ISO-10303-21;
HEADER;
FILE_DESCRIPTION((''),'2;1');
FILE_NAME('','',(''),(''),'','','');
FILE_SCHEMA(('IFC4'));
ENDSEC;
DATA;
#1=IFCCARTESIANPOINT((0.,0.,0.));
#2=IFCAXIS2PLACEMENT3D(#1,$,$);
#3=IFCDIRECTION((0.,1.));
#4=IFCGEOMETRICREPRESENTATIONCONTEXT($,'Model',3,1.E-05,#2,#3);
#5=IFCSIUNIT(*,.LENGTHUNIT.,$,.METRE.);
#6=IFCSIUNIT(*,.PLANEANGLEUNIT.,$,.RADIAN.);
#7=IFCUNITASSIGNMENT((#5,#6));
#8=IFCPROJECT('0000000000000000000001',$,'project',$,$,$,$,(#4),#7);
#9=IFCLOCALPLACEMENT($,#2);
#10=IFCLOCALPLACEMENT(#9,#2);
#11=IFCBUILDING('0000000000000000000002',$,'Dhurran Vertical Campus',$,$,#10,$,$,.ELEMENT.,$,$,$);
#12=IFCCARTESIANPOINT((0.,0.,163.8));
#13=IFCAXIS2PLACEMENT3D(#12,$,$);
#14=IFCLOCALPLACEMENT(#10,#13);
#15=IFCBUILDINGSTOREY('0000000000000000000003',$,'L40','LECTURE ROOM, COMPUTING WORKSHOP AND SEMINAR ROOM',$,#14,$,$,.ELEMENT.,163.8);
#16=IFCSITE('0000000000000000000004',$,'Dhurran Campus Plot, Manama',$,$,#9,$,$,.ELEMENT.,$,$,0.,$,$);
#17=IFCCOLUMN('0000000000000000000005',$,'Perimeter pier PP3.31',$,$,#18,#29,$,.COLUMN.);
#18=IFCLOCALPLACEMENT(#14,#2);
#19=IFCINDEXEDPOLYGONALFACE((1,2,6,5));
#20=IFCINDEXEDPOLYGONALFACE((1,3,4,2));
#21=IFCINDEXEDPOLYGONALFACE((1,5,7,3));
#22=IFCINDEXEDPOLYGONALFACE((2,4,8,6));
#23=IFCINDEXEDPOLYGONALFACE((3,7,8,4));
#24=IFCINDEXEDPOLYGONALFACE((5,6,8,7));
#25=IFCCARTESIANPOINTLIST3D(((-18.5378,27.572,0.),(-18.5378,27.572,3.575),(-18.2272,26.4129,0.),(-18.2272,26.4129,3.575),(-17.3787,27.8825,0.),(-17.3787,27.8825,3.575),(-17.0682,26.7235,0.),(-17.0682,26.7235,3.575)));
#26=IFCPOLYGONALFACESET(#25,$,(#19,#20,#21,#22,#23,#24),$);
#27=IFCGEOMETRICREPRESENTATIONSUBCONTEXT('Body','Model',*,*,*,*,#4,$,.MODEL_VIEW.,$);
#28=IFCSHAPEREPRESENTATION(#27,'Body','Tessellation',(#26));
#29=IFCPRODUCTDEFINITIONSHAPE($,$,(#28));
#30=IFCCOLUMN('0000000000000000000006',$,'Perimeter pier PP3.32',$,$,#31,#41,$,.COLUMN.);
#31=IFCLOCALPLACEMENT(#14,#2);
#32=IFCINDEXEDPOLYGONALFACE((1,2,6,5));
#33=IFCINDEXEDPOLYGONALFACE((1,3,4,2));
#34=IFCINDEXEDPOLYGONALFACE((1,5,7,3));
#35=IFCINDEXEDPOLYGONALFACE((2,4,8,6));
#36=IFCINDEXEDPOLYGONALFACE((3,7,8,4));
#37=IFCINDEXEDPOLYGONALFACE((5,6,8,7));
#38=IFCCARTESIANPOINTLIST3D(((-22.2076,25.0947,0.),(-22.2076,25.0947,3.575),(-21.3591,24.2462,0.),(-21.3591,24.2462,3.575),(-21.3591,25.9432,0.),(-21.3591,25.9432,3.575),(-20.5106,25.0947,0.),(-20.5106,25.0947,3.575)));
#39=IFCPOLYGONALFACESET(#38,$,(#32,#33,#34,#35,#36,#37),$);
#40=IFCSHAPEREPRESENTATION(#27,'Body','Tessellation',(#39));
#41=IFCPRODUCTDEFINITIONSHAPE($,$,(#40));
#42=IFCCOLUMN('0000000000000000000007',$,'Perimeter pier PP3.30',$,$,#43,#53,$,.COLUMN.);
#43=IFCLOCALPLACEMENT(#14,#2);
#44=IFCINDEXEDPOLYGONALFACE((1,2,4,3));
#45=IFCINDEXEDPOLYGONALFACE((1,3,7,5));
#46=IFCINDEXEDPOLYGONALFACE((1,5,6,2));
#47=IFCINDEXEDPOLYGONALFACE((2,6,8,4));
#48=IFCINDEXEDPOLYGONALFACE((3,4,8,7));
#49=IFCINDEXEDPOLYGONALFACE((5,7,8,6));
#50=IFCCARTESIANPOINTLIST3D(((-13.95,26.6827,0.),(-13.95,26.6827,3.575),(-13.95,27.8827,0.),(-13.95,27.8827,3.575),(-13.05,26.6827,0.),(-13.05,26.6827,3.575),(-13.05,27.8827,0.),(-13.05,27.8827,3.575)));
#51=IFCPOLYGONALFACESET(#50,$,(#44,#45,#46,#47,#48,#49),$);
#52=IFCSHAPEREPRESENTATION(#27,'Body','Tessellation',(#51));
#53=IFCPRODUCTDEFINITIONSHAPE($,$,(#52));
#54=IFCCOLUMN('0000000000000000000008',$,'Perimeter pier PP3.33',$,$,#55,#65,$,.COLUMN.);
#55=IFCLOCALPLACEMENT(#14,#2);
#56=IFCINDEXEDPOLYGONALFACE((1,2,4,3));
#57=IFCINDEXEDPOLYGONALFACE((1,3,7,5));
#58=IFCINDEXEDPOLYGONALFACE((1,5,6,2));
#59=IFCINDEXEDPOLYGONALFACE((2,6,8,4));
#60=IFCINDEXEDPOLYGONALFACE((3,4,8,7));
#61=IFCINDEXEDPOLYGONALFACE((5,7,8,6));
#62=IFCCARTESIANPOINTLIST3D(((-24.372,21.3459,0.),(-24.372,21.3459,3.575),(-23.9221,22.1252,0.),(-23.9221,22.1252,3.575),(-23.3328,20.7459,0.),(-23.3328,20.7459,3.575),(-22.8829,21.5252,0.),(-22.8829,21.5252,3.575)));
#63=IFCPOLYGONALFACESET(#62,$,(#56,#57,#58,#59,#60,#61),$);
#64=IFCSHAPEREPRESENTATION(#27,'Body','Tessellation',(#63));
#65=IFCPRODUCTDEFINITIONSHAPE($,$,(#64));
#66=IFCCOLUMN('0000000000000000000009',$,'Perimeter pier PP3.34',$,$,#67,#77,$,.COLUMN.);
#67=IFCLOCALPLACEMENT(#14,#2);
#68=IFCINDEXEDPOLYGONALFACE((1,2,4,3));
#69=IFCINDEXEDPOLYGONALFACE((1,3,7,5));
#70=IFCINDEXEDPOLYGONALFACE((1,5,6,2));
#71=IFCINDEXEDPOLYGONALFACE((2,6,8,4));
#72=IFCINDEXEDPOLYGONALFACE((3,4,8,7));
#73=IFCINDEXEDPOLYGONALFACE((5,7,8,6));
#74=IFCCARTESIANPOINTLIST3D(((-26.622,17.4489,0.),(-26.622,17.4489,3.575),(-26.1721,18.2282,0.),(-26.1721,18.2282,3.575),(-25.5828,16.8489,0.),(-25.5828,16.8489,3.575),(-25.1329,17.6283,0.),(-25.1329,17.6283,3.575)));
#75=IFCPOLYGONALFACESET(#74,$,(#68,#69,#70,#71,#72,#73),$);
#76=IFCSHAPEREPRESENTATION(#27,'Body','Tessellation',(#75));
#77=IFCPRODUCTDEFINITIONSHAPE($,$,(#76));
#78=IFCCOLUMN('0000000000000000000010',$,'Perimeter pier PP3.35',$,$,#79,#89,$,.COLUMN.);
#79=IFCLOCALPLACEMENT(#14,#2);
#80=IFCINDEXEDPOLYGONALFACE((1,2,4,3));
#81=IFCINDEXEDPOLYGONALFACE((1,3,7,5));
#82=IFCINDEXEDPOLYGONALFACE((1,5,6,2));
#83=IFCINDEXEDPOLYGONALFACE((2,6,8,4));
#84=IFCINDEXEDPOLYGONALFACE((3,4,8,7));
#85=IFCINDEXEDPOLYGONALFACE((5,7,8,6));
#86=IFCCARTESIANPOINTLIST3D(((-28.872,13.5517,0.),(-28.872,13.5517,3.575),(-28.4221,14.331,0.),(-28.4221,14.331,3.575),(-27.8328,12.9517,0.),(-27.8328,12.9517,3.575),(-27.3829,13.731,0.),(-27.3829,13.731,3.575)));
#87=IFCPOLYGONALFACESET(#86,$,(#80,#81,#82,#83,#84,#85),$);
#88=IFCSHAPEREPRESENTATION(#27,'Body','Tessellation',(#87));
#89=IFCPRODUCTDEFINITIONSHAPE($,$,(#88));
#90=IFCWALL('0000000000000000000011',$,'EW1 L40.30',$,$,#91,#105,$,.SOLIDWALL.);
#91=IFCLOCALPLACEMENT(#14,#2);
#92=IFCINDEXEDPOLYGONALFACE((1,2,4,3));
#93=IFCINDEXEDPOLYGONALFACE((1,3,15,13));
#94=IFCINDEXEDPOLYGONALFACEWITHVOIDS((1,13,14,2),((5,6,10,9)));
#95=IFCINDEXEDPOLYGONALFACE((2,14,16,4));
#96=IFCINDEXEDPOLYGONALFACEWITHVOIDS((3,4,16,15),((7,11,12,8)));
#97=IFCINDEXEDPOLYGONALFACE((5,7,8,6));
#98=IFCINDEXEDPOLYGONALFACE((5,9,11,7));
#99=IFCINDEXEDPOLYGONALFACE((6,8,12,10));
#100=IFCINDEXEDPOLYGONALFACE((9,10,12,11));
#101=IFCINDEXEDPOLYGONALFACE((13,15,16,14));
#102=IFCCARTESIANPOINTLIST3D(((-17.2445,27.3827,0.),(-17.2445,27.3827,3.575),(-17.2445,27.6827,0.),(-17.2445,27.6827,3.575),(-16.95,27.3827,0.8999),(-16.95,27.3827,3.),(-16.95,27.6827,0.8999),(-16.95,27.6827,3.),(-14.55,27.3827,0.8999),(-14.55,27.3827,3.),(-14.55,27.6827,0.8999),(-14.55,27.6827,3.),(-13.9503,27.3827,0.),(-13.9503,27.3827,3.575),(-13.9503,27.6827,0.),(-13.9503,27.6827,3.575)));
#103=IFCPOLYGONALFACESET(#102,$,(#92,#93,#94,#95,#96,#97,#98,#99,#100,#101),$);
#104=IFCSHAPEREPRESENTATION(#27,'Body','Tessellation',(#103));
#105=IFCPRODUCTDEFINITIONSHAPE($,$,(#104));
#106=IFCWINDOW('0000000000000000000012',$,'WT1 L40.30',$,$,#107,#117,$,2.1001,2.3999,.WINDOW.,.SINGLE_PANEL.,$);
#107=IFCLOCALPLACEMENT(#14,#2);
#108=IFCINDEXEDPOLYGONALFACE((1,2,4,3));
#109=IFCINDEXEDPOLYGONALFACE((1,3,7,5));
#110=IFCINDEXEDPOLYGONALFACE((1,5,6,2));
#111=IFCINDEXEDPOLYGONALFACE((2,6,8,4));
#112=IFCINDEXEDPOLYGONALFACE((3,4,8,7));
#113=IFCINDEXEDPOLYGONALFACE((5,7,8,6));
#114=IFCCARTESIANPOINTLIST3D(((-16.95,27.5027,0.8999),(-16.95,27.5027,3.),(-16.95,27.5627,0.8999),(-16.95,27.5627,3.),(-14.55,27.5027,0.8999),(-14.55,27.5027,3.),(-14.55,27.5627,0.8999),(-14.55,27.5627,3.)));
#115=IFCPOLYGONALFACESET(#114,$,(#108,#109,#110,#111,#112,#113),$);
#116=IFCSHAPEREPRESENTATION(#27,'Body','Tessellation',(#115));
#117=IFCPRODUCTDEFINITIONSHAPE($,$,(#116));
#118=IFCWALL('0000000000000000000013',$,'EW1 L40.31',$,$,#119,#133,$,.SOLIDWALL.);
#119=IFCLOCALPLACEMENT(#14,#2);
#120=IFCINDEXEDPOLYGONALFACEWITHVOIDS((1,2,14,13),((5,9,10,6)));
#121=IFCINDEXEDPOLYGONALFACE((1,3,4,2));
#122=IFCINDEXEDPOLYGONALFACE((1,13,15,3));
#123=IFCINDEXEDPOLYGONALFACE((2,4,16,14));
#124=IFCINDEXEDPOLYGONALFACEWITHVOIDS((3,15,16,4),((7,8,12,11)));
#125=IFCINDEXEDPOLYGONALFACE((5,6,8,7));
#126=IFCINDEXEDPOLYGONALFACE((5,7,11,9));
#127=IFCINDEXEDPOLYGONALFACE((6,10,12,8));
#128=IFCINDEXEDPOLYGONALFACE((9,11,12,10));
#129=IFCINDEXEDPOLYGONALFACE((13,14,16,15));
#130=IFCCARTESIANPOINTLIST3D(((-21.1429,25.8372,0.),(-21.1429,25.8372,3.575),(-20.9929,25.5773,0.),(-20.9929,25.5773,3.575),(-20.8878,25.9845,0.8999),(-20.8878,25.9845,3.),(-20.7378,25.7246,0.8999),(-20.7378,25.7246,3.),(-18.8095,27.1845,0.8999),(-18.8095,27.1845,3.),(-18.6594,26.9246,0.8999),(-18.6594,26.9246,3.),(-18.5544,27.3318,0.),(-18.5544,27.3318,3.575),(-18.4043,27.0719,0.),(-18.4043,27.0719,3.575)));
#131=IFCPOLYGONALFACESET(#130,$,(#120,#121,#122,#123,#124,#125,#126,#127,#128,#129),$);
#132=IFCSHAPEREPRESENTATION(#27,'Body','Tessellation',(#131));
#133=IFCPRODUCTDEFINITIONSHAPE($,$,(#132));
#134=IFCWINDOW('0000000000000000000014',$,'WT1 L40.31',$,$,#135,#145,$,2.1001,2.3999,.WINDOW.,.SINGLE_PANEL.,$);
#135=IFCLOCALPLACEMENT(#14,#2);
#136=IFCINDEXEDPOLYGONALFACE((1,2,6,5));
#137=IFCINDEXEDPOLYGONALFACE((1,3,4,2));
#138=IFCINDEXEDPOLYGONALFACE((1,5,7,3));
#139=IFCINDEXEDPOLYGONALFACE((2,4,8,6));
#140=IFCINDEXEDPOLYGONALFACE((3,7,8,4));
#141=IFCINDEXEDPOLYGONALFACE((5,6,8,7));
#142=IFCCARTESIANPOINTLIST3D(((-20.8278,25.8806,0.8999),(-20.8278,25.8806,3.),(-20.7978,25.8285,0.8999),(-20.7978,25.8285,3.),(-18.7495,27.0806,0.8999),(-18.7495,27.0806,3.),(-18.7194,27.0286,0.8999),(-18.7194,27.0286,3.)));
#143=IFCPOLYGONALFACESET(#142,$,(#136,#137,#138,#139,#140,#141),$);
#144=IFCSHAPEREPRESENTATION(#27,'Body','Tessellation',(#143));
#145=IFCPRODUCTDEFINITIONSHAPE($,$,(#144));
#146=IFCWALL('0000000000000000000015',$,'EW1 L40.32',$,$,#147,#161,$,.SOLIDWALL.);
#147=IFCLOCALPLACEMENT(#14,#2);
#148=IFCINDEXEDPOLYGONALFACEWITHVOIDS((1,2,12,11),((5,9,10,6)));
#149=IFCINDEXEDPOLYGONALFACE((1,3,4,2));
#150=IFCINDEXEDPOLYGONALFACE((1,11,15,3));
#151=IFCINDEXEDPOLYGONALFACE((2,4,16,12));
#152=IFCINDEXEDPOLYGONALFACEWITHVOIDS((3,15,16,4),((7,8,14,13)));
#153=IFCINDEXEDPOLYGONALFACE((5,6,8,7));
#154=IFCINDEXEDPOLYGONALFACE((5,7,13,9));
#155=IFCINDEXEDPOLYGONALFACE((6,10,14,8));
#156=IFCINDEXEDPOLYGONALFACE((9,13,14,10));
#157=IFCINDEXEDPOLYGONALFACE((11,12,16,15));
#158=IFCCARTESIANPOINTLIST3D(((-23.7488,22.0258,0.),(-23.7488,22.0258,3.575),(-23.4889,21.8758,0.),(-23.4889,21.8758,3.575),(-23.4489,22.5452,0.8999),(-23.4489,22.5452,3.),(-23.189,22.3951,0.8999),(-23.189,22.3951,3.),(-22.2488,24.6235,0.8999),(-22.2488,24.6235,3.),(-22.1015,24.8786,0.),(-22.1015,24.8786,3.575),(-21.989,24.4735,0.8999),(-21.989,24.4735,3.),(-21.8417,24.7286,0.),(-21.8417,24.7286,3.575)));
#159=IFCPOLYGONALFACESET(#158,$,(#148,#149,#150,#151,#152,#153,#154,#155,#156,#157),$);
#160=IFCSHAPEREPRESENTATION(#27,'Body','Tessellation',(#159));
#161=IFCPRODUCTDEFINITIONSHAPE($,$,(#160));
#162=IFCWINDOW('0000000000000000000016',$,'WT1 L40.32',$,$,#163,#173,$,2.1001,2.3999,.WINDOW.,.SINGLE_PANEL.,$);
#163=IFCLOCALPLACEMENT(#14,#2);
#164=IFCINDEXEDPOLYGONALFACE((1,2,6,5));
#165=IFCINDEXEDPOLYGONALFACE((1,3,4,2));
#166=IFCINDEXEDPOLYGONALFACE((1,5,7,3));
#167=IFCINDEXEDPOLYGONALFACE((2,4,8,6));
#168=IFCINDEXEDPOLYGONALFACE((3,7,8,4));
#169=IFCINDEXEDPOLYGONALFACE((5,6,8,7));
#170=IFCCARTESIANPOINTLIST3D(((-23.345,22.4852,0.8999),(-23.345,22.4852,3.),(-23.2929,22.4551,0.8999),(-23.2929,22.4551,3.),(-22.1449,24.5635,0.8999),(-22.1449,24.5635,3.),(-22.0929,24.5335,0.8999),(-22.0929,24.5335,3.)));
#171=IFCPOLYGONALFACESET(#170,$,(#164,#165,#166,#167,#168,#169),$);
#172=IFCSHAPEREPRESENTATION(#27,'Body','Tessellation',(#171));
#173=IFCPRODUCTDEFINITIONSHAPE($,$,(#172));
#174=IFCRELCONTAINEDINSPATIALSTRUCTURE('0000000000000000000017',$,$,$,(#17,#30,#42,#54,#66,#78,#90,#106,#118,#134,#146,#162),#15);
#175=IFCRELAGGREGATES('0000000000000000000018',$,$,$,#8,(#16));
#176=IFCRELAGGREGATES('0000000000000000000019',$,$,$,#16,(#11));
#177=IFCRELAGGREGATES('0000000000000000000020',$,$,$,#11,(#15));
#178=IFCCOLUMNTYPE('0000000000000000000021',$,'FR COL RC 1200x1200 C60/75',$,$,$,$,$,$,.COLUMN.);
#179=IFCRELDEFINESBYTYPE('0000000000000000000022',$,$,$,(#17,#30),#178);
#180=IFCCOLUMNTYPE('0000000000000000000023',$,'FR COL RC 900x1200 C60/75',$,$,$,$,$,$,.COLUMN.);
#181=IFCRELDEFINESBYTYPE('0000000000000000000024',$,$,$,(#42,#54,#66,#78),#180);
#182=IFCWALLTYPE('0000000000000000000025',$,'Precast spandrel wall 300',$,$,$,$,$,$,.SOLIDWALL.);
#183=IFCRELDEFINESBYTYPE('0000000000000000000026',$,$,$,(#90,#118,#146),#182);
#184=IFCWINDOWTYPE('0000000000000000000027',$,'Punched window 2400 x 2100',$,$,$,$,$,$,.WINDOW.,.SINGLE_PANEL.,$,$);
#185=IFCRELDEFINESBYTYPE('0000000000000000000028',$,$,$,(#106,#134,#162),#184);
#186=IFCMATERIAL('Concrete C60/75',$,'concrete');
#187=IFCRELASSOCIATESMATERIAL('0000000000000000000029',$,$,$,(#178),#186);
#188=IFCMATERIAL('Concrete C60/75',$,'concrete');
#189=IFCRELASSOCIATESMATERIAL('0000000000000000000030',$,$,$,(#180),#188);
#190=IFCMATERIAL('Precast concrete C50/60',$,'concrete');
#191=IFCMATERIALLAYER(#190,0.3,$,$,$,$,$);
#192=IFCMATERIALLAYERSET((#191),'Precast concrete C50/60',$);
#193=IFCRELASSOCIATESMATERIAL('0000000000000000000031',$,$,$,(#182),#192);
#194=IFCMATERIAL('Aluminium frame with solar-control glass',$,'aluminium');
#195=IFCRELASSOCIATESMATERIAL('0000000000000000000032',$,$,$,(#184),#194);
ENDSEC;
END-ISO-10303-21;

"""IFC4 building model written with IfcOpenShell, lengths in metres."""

from ifc_helpers import new_model, si_unit, direction, frame, frame_2d, origin, origin_2d, place, context, subcontext, project, spatial, rectangle, extrude, material, layer, layer_set, material_profile, profile_set, type_object, element, fill, save


model = new_model("IFC4")

# Units and contexts
model_context = context("Model", 3, precision=1e-05, world=origin(), true_north=direction((0.0, 1.0)))
body_context = subcontext(model_context, "Body", "Model", "MODEL_VIEW")
ifc_project = project(units=[si_unit("LENGTHUNIT", "METRE"), si_unit("PLANEANGLEUNIT", "RADIAN")], contexts=[model_context])

# Site, building, storey
site_placement = place(None, origin())
site = spatial("IfcSite", under=ifc_project, at=site_placement, Name="Dhurran Campus Plot, Manama", CompositionType="ELEMENT", RefElevation=0.0)
building_placement = place(site_placement, origin())
building = spatial("IfcBuilding", under=site, at=building_placement, Name="Dhurran Vertical Campus", CompositionType="ELEMENT")
storey_placement = place(building_placement, frame((0.0, 0.0, 163.8)))
storey = spatial("IfcBuildingStorey", under=building, at=storey_placement, Name="L40", Description="LECTURE ROOM, COMPUTING WORKSHOP AND SEMINAR ROOM", CompositionType="ELEMENT", Elevation=163.8)

# Columns
ifc_material_1 = material(Name="Concrete C60/75", Category="concrete")
ifc_material_profile_1 = material_profile(ifc_material_1, rectangle(XDim=1.2, YDim=1.2, at=origin_2d()), Name="RC 1200x1200")
ifc_profile_set_1 = profile_set([ifc_material_profile_1], Name="Concrete C60/75")
column_type_1 = type_object("IfcColumnType", Name="FR COL RC 1200x1200 C60/75", PredefinedType="COLUMN", material=ifc_profile_set_1)
for number, where, z_axis, x_axis, name in (
    (1, (-17.803, 27.1477, 0.0), (0.0, 0.0, 1.0), (-0.965926, -0.258819, 0.0), "Perimeter pier PP3.31"),
    (2, (-21.3591, 25.0947, 0.0), (0.0, 0.0, 1.0), (-0.707107, -0.707107, 0.0), "Perimeter pier PP3.32"),
):
    element("IfcColumn", number, at=place(storey_placement, frame(where, z_axis=z_axis, x_axis=x_axis)), inside=storey, type_object=column_type_1, Name=name, PredefinedType="COLUMN", context=body_context, shape_type="SweptSolid", body=[
        extrude(rectangle(XDim=1.2, YDim=1.2, at=origin_2d()), origin(), (0.0, 0.0, 1.0), 3.575),
    ])
ifc_material_2 = material(Name="Concrete C60/75", Category="concrete")
ifc_material_profile_2 = material_profile(ifc_material_2, rectangle(XDim=0.8999, YDim=1.2, at=origin_2d()), Name="RC 900x1200")
ifc_profile_set_2 = profile_set([ifc_material_profile_2], Name="Concrete C60/75")
column_type_2 = type_object("IfcColumnType", Name="FR COL RC 900x1200 C60/75", PredefinedType="COLUMN", material=ifc_profile_set_2)
for number, where, z_axis, x_axis, name in (
    (3, (-13.5, 27.2827, 0.0), (0.0, 0.0, 1.0), (-1.0, 0.0, 0.0), "Perimeter pier PP3.30"),
    (4, (-23.6274, 21.4355, 0.0), (0.0, 0.0, 1.0), (-0.5, -0.866025, 0.0), "Perimeter pier PP3.33"),
    (5, (-25.8774, 17.5386, 0.0), (0.0, 0.0, 1.0), (-0.5, -0.866025, 0.0), "Perimeter pier PP3.34"),
    (6, (-28.1274, 13.6414, 0.0), (0.0, 0.0, 1.0), (-0.5, -0.866025, 0.0), "Perimeter pier PP3.35"),
):
    element("IfcColumn", number, at=place(storey_placement, frame(where, z_axis=z_axis, x_axis=x_axis)), inside=storey, type_object=column_type_2, Name=name, PredefinedType="COLUMN", context=body_context, shape_type="SweptSolid", body=[
        extrude(rectangle(XDim=0.8999, YDim=1.2, at=origin_2d()), origin(), (0.0, 0.0, 1.0), 3.575),
    ])

# Walls, openings, windows
ifc_material_3 = material(Name="Precast concrete C50/60", Category="concrete")
ifc_layer_1 = layer(ifc_material_3, 0.3)
ifc_layer_set_1 = layer_set([ifc_layer_1], Name="Precast concrete C50/60")
wall_type_1 = type_object("IfcWallType", Name="Precast spandrel wall 300", PredefinedType="SOLIDWALL", material=ifc_layer_set_1)
wall_1_placement = place(storey_placement, frame((-13.9504, 27.5327, 0.0), z_axis=(0.0, 0.0, 1.0), x_axis=(-1.0, 0.0, 0.0)))
wall_1 = element("IfcWall", 7, at=wall_1_placement, inside=storey, type_object=wall_type_1, Name="EW1 L40.30", PredefinedType="SOLIDWALL", context=body_context, shape_type="SweptSolid", body=[
    extrude(rectangle(XDim=3.2942, YDim=0.3, at=frame_2d((1.647, 0.0))), origin(), (0.0, 0.0, 1.0), 3.575),
])
opening_1_placement = place(wall_1_placement, frame((0.5996, 0.0, 0.8999)))
opening_1 = element("IfcOpeningElement", 8, at=opening_1_placement, cuts=wall_1, PredefinedType="OPENING", context=body_context, shape_type="SweptSolid", body=[
    extrude(rectangle(XDim=2.3999, YDim=2.1001, at=frame_2d((1.2, 1.05))), frame((0.0, 0.1599, 0.0), z_axis=(0.0, -1.0, 0.0), x_axis=(1.0, 0.0, 0.0)), (0.0, 0.0, 1.0), 0.3201),
])
ifc_material_4 = material(Name="Aluminium frame with solar-control glass", Category="aluminium")
window_type = type_object("IfcWindowType", Name="Punched window 2400 x 2100", PartitioningType="SINGLE_PANEL", PredefinedType="WINDOW", material=ifc_material_4)
window_1_placement = place(opening_1_placement, origin())
window_1 = element("IfcWindow", 9, at=window_1_placement, inside=storey, type_object=window_type, Name="WT1 L40.30", OverallHeight=2.1001, OverallWidth=2.3999, PartitioningType="SINGLE_PANEL", PredefinedType="WINDOW", context=body_context, shape_type="SweptSolid", body=[
    extrude(rectangle(XDim=2.3999, YDim=2.1001, at=frame_2d((1.2, 1.05))), frame((0.0, 0.03, 0.0), z_axis=(0.0, -1.0, 0.0), x_axis=(1.0, 0.0, 0.0)), (0.0, 0.0, 1.0), 0.0601),
])
fill(opening_1, window_1)
wall_2_placement = place(storey_placement, frame((-18.4792, 27.2019, 0.0), z_axis=(0.0, 0.0, 1.0), x_axis=(-0.866013, -0.500022, 0.0)))
wall_2 = element("IfcWall", 10, at=wall_2_placement, inside=storey, type_object=wall_type_1, Name="EW1 L40.31", PredefinedType="SOLIDWALL", context=body_context, shape_type="SweptSolid", body=[
    extrude(rectangle(XDim=2.989, YDim=0.3, at=frame_2d((1.4946, 0.0))), origin(), (0.0, 0.0, 1.0), 3.575),
])
opening_2_placement = place(wall_2_placement, frame((0.2947, 0.0, 0.8999)))
opening_2 = element("IfcOpeningElement", 11, at=opening_2_placement, cuts=wall_2, PredefinedType="OPENING", context=body_context, shape_type="SweptSolid", body=[
    extrude(rectangle(XDim=2.3999, YDim=2.1001, at=frame_2d((1.2, 1.05))), frame((0.0, 0.1599, 0.0), z_axis=(0.0, -1.0, 0.0), x_axis=(1.0, 0.0, 0.0)), (0.0, 0.0, 1.0), 0.3201),
])
window_2_placement = place(opening_2_placement, origin())
window_2 = element("IfcWindow", 12, at=window_2_placement, inside=storey, type_object=window_type, Name="WT1 L40.31", OverallHeight=2.1001, OverallWidth=2.3999, PartitioningType="SINGLE_PANEL", PredefinedType="WINDOW", context=body_context, shape_type="SweptSolid", body=[
    extrude(rectangle(XDim=2.3999, YDim=2.1001, at=frame_2d((1.2, 1.05))), frame((0.0, 0.03, 0.0), z_axis=(0.0, -1.0, 0.0), x_axis=(1.0, 0.0, 0.0)), (0.0, 0.0, 1.0), 0.0601),
])
fill(opening_2, window_2)
wall_3_placement = place(storey_placement, frame((-21.9717, 24.8035, 0.0), z_axis=(0.0, 0.0, 1.0), x_axis=(-0.500037, -0.866004, 0.0)))
wall_3 = element("IfcWall", 13, at=wall_3_placement, inside=storey, type_object=wall_type_1, Name="EW1 L40.32", PredefinedType="SOLIDWALL", context=body_context, shape_type="SweptSolid", body=[
    extrude(rectangle(XDim=3.2942, YDim=0.3, at=frame_2d((1.647, 0.0))), origin(), (0.0, 0.0, 1.0), 3.575),
])
opening_3_placement = place(wall_3_placement, frame((0.2944, 0.0, 0.8999)))
opening_3 = element("IfcOpeningElement", 14, at=opening_3_placement, cuts=wall_3, PredefinedType="OPENING", context=body_context, shape_type="SweptSolid", body=[
    extrude(rectangle(XDim=2.3999, YDim=2.1001, at=frame_2d((1.2, 1.05))), frame((0.0, 0.1599, 0.0), z_axis=(0.0, -1.0, 0.0), x_axis=(1.0, 0.0, 0.0)), (0.0, 0.0, 1.0), 0.3201),
])
window_3_placement = place(opening_3_placement, origin())
window_3 = element("IfcWindow", 15, at=window_3_placement, inside=storey, type_object=window_type, Name="WT1 L40.32", OverallHeight=2.1001, OverallWidth=2.3999, PartitioningType="SINGLE_PANEL", PredefinedType="WINDOW", context=body_context, shape_type="SweptSolid", body=[
    extrude(rectangle(XDim=2.3999, YDim=2.1001, at=frame_2d((1.2, 1.05))), frame((0.0, 0.03, 0.0), z_axis=(0.0, -1.0, 0.0), x_axis=(1.0, 0.0, 0.0)), (0.0, 0.0, 1.0), 0.0601),
])
fill(opening_3, window_3)

save(model, "model.ifc")
